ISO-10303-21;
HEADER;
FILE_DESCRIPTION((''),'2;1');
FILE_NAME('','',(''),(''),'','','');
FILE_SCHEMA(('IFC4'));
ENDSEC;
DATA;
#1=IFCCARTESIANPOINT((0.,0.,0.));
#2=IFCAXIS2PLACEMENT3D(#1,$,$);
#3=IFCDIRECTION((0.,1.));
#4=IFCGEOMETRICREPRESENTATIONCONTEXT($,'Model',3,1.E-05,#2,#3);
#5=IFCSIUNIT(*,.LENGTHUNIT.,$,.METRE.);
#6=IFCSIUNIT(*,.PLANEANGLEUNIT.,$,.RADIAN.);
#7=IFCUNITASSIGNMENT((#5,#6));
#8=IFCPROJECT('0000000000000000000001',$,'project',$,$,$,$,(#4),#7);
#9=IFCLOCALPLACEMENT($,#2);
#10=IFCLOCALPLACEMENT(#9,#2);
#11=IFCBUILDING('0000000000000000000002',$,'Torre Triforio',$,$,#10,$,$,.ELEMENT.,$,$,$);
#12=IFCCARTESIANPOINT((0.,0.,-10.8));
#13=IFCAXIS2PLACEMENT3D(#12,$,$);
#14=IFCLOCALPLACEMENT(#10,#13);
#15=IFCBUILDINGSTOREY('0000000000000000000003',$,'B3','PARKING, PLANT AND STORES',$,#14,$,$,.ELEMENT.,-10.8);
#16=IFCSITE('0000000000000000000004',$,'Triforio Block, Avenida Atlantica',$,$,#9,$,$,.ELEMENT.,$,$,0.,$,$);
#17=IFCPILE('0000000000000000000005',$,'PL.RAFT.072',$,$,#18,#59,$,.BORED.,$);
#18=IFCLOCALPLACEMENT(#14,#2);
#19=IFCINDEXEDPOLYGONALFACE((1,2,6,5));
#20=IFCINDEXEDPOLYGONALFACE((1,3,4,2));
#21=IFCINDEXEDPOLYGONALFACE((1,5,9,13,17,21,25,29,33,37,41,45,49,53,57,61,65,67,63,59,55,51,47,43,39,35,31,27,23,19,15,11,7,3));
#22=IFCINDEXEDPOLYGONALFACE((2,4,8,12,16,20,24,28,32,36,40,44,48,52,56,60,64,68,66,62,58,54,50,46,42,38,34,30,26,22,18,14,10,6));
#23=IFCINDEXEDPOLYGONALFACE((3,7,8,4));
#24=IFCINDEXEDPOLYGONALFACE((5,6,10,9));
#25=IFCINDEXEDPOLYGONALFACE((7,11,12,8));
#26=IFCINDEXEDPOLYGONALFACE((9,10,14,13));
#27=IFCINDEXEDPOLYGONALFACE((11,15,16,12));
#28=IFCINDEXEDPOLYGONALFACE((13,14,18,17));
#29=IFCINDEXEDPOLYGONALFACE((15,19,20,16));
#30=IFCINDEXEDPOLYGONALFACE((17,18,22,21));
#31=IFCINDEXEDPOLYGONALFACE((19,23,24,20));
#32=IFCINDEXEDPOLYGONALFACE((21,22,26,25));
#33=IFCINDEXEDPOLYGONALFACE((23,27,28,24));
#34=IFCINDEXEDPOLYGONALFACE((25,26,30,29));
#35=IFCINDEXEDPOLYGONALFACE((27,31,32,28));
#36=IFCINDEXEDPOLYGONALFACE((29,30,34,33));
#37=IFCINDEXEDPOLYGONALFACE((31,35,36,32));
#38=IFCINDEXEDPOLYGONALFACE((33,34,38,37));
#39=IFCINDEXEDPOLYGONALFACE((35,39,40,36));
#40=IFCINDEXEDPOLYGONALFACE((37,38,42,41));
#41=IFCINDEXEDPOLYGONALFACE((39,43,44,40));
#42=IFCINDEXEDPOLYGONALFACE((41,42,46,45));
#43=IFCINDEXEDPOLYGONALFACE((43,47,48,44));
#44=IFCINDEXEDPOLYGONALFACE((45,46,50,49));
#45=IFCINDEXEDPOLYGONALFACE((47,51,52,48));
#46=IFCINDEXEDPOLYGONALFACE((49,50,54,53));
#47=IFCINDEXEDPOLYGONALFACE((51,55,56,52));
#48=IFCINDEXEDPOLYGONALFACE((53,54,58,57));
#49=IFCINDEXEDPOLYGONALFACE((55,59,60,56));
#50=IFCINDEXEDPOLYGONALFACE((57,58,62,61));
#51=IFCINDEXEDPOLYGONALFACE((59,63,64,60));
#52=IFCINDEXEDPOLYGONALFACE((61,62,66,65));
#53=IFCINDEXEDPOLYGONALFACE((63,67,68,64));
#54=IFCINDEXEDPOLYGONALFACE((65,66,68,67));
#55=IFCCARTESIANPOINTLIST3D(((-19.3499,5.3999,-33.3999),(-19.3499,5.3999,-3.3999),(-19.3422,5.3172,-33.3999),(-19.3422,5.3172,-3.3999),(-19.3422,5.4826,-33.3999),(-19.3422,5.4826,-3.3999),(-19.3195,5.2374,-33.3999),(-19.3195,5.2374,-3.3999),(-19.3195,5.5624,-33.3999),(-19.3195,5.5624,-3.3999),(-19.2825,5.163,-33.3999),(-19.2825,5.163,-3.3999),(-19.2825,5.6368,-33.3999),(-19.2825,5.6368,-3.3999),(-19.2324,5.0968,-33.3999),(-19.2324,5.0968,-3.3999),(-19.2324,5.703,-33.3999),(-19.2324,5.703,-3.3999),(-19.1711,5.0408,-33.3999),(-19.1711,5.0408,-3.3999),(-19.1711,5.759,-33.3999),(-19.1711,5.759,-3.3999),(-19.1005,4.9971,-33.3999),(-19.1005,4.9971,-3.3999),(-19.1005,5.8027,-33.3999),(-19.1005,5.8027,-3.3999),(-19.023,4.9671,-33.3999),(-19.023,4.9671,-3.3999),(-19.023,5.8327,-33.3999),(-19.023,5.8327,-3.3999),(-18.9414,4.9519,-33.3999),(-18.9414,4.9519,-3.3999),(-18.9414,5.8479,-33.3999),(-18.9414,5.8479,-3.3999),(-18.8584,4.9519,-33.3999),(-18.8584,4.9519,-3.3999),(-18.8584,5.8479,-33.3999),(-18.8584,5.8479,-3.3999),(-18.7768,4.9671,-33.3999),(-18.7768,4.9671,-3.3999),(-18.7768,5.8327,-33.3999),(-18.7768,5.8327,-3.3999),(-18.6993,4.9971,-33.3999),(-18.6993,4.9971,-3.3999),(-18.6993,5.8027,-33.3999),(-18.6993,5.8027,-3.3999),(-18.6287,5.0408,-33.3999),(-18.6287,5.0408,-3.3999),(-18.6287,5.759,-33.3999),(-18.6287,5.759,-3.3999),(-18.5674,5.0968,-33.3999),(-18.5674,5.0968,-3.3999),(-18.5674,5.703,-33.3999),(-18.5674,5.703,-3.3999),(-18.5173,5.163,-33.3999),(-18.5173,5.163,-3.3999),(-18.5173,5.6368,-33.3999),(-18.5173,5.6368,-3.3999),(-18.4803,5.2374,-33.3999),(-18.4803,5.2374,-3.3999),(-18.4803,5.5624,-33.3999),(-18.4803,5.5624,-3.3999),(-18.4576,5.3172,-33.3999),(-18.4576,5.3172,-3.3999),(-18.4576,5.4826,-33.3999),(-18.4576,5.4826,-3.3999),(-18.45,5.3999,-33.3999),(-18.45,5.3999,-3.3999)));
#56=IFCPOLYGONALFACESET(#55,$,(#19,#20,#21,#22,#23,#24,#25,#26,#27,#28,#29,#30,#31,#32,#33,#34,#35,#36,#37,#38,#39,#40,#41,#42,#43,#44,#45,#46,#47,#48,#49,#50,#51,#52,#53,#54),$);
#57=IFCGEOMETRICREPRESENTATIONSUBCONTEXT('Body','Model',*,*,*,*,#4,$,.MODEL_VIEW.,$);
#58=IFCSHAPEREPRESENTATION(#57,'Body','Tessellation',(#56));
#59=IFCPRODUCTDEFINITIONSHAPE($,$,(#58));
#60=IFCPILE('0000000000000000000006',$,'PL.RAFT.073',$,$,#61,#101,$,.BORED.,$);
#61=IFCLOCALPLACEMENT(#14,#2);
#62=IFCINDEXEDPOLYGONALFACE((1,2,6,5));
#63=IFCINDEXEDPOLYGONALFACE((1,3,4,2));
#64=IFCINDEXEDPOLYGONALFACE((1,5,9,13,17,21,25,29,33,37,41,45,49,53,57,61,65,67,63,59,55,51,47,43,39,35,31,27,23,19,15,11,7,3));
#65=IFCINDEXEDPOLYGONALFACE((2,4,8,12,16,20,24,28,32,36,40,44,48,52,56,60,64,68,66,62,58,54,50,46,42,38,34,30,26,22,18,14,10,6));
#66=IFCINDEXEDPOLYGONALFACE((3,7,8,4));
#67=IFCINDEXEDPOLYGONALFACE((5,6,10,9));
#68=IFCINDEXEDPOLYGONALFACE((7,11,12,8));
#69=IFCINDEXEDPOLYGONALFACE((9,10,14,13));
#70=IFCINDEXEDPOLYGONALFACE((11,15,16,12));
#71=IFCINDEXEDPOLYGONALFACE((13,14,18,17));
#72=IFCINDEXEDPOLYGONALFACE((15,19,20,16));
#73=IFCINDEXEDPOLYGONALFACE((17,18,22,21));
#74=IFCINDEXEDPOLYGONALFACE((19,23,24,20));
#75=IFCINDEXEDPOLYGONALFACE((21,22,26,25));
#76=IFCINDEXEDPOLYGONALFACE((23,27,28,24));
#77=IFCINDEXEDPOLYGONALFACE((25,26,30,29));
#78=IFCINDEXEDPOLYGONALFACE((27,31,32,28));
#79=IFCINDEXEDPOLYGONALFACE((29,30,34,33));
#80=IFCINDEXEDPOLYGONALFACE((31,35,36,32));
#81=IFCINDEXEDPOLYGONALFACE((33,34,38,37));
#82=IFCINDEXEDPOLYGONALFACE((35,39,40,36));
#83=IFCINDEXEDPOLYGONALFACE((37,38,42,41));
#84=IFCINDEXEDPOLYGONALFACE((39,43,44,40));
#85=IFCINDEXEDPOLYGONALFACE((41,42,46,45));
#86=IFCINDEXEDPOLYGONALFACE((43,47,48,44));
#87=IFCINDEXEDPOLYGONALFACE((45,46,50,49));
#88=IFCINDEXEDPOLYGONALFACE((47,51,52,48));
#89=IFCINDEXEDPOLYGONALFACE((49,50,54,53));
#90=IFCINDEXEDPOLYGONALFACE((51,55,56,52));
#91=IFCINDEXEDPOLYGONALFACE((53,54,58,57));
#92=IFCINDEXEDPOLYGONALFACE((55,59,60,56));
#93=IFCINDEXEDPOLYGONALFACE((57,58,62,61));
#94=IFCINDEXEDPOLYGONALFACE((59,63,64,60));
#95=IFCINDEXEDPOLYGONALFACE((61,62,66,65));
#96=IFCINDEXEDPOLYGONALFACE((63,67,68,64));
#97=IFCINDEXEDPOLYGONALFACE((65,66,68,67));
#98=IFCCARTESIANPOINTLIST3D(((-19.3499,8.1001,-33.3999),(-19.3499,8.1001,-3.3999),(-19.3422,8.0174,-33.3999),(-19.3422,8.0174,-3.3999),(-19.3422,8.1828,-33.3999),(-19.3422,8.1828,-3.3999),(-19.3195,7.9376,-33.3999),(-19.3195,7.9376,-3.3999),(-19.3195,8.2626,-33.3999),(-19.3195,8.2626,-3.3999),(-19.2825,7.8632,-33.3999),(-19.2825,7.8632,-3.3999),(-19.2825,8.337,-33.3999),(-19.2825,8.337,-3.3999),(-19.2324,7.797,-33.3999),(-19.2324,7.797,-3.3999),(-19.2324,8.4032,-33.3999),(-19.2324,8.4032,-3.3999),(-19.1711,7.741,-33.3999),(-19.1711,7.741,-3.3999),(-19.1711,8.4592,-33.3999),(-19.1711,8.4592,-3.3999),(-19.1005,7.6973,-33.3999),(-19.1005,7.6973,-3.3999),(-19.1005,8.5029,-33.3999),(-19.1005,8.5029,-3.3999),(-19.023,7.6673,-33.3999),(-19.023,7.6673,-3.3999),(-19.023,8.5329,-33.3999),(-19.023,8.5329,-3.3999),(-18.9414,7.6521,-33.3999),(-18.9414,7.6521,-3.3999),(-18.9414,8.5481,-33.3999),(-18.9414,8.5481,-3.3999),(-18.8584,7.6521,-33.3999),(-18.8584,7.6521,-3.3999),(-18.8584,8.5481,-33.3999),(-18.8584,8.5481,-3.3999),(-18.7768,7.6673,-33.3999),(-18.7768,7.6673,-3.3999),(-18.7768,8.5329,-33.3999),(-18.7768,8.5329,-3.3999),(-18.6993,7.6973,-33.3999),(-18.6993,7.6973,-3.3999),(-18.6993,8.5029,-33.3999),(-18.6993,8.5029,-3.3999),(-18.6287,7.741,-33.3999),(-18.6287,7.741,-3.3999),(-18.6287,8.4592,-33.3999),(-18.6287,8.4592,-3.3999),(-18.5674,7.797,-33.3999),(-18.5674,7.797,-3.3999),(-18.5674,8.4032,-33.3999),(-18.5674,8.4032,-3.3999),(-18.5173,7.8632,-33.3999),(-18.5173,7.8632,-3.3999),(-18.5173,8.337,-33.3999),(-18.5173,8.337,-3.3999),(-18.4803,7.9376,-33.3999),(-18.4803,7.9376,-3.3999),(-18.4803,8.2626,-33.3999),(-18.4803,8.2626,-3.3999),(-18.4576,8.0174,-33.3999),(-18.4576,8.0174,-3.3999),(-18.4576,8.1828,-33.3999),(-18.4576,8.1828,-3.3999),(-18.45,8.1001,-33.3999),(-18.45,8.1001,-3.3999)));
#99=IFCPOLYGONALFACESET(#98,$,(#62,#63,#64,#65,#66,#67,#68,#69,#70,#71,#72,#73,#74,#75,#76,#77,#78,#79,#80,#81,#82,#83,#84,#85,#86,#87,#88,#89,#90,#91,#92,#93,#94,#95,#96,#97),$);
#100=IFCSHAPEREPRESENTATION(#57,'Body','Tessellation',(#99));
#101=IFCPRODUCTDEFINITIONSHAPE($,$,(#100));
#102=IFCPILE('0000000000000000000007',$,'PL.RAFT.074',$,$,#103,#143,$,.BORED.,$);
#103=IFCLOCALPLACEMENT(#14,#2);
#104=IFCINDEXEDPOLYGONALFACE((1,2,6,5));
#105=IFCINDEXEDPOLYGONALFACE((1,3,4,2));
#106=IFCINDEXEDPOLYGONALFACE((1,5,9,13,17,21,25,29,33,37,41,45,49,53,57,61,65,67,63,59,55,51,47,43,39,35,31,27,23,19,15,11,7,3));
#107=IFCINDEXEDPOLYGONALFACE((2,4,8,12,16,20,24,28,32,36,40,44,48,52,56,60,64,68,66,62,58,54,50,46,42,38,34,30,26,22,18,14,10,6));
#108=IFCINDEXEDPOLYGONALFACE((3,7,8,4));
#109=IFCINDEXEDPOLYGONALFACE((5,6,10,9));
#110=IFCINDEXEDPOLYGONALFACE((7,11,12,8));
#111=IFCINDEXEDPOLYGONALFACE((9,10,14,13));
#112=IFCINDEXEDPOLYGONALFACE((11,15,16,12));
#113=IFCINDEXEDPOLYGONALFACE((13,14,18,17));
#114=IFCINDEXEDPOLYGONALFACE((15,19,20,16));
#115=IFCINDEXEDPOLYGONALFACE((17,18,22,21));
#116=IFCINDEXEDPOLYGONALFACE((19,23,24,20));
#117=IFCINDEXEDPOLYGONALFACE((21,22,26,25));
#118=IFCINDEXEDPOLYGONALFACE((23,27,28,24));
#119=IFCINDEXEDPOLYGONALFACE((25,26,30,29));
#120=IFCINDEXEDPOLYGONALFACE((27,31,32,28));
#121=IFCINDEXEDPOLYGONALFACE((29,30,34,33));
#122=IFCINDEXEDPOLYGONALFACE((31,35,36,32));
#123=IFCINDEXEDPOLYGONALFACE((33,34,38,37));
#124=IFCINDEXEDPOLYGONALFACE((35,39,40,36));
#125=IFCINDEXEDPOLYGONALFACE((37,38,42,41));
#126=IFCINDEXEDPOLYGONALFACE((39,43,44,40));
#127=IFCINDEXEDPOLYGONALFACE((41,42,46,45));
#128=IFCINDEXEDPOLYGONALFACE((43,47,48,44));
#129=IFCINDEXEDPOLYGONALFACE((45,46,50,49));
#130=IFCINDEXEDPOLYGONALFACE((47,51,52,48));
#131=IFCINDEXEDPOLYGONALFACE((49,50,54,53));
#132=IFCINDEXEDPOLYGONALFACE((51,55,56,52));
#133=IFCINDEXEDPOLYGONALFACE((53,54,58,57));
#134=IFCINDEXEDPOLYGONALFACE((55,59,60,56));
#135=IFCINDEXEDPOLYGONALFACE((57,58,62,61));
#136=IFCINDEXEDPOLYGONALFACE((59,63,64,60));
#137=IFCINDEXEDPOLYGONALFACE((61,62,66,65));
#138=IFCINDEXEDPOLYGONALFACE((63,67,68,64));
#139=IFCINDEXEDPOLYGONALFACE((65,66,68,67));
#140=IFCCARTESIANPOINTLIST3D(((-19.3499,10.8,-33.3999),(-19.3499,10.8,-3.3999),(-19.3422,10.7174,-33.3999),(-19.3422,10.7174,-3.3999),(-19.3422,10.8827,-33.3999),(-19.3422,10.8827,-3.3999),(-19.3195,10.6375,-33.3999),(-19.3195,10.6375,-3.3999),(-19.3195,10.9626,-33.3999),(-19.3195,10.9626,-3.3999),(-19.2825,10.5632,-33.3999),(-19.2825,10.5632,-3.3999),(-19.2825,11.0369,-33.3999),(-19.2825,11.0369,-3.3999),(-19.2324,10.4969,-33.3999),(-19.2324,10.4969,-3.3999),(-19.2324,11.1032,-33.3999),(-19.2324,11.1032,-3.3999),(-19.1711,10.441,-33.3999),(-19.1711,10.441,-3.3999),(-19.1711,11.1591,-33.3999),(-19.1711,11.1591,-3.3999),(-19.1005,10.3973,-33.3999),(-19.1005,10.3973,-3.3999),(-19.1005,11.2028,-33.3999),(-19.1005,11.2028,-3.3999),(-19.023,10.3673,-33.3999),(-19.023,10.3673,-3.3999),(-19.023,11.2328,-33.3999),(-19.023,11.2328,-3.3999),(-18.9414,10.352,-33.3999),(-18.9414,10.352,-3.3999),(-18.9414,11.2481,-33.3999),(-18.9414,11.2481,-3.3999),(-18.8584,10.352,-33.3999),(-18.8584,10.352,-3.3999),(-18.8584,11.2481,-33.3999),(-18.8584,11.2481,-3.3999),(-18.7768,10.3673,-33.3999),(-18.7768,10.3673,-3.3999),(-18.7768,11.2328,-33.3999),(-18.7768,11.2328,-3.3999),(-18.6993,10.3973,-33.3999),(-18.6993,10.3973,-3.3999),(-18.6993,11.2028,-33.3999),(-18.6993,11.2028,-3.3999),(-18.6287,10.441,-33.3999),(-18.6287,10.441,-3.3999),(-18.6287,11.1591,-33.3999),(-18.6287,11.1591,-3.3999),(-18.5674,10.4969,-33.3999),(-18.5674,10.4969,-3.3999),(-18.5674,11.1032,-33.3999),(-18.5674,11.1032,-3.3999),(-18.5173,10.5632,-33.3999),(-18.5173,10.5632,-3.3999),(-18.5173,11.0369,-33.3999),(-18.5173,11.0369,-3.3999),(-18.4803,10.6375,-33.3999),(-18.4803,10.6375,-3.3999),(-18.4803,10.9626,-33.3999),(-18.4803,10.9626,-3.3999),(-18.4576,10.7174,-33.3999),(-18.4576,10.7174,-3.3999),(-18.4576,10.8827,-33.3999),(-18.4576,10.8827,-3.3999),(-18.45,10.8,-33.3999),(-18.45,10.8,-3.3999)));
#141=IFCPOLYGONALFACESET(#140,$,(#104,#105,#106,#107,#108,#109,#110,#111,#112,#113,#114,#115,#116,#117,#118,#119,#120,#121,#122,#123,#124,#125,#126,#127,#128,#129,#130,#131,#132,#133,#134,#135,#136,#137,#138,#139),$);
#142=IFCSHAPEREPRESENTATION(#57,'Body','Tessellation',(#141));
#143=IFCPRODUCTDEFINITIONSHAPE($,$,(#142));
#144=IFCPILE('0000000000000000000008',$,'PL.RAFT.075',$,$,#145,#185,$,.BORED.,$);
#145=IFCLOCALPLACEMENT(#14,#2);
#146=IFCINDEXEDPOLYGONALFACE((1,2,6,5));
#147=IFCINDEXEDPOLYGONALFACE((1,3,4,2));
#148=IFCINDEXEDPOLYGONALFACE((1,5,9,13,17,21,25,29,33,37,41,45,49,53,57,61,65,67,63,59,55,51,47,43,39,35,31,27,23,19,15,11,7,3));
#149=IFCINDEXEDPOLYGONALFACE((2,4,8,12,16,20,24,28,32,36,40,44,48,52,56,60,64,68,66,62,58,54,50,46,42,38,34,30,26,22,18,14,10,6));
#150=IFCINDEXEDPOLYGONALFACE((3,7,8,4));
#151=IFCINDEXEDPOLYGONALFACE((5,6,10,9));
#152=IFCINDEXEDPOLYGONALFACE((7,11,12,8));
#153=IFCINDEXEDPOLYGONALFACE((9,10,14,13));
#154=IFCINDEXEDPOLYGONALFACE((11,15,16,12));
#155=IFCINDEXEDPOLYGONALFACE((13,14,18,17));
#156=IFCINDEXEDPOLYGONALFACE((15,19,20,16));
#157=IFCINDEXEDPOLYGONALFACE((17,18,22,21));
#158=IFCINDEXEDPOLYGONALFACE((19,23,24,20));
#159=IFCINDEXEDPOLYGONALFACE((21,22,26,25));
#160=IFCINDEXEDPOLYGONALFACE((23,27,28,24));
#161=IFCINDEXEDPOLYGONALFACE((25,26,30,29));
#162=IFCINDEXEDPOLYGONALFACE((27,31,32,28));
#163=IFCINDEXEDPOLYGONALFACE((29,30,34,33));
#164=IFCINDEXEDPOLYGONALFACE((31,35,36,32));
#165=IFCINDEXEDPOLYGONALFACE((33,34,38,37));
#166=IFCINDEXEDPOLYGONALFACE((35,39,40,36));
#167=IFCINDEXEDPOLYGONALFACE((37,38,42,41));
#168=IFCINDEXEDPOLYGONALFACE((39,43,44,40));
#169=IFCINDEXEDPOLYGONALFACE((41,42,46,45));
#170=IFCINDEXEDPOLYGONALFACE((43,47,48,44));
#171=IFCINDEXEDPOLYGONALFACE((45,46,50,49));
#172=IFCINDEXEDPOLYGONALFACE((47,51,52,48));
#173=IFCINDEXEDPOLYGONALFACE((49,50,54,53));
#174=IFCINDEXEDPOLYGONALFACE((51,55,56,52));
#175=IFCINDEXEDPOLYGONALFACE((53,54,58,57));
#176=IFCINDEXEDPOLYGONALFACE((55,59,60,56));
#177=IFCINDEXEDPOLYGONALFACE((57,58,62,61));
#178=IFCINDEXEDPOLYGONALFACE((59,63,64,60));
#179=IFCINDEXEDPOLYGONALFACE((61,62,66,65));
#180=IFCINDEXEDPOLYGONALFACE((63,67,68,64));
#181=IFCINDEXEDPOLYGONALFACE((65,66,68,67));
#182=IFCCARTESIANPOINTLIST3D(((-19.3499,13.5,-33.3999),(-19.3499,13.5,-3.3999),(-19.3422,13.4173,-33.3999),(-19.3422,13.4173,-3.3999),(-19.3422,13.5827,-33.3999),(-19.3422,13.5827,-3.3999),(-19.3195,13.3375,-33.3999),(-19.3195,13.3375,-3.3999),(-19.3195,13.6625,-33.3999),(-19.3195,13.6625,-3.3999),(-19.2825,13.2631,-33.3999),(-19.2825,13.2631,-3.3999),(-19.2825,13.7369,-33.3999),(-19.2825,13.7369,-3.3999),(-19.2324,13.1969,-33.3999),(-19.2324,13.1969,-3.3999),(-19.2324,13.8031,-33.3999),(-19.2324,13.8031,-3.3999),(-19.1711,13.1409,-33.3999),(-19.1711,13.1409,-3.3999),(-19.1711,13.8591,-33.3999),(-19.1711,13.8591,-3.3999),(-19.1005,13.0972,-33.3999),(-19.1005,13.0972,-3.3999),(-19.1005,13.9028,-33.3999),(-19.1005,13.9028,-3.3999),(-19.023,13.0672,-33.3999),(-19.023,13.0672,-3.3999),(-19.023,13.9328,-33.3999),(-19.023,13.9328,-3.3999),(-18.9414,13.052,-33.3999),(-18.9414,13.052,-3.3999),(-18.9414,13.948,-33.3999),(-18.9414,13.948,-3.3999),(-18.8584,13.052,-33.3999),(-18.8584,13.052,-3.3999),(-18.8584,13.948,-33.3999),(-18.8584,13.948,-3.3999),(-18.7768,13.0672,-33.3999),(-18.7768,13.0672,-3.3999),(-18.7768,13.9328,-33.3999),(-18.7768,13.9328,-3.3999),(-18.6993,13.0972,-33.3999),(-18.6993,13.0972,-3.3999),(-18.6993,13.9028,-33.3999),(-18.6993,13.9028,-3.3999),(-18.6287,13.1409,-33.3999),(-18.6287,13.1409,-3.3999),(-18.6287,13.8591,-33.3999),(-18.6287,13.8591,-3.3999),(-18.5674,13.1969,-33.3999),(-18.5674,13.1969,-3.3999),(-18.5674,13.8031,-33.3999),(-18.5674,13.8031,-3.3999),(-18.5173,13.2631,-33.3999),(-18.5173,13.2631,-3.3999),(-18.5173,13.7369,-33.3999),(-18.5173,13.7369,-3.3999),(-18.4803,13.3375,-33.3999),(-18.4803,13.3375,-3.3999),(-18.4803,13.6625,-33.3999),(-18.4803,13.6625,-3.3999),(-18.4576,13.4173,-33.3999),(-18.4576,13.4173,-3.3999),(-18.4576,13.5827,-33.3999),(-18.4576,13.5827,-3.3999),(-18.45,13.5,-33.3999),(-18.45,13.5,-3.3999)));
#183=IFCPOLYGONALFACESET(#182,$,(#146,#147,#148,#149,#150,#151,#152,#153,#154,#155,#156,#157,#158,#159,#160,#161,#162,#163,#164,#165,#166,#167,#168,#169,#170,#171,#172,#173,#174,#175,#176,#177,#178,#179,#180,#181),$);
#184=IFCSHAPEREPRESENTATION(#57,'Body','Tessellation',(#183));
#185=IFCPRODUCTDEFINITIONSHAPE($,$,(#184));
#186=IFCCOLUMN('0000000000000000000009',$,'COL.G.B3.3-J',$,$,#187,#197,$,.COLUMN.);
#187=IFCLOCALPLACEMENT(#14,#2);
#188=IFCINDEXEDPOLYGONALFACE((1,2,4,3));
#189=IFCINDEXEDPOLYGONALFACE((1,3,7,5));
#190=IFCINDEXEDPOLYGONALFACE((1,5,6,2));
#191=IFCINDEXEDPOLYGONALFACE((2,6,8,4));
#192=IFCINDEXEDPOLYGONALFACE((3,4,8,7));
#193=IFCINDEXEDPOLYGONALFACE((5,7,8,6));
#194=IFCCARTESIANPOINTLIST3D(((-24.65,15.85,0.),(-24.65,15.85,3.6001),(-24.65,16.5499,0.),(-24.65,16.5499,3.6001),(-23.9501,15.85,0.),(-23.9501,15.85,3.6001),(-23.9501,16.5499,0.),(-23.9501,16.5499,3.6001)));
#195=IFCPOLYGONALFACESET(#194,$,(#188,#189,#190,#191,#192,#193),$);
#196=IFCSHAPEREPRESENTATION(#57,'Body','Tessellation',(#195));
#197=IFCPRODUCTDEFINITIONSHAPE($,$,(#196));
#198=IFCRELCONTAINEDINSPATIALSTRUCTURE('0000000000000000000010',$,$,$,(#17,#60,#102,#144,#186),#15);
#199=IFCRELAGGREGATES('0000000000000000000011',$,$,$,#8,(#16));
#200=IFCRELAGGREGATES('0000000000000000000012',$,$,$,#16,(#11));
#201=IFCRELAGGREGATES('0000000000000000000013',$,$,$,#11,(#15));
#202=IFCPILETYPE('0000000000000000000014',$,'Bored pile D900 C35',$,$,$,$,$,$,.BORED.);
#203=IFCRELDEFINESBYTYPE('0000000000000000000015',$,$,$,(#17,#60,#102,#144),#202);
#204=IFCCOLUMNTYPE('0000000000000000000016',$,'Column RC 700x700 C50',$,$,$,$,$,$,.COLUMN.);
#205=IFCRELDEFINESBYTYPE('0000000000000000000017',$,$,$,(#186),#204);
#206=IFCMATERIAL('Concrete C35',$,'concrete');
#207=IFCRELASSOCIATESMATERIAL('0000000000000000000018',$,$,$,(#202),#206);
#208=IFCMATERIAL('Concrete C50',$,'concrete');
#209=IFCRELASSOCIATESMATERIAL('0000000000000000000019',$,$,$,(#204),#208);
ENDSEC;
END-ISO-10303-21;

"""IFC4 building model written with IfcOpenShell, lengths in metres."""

from ifc_helpers import new_model, si_unit, direction, frame, origin, origin_2d, place, context, subcontext, project, spatial, rectangle, circle, extrude, material, material_profile, profile_set, type_object, element, save


model = new_model("IFC4")

# Units and contexts
model_context = context("Model", 3, precision=1e-05, world=origin(), true_north=direction((0.0, 1.0)))
body_context = subcontext(model_context, "Body", "Model", "MODEL_VIEW")
ifc_project = project(units=[si_unit("LENGTHUNIT", "METRE"), si_unit("PLANEANGLEUNIT", "RADIAN")], contexts=[model_context])

# Site, building, storey
site_placement = place(None, origin())
site = spatial("IfcSite", under=ifc_project, at=site_placement, Name="Triforio Block, Avenida Atlantica", CompositionType="ELEMENT", RefElevation=0.0)
building_placement = place(site_placement, origin())
building = spatial("IfcBuilding", under=site, at=building_placement, Name="Torre Triforio", CompositionType="ELEMENT")
storey_placement = place(building_placement, frame((0.0, 0.0, -10.8)))
storey = spatial("IfcBuildingStorey", under=building, at=storey_placement, Name="B3", Description="PARKING, PLANT AND STORES", CompositionType="ELEMENT", Elevation=-10.8)

# Piles
ifc_material_1 = material(Name="Concrete C35", Category="concrete")
ifc_material_profile_1 = material_profile(ifc_material_1, circle(Radius=0.45, at=origin_2d()), Name="RC D900")
ifc_profile_set_1 = profile_set([ifc_material_profile_1], Name="Concrete C35")
pile_type = type_object("IfcPileType", Name="Bored pile D900 C35", PredefinedType="BORED", material=ifc_profile_set_1)
for number, where, z_axis, x_axis, name in (
    (1, (-18.8999, 5.3999, -3.3999), (0.0, 0.0, -1.0), (1.0, 0.0, 0.0), "PL.RAFT.072"),
    (2, (-18.8999, 8.1001, -3.3999), (0.0, 0.0, -1.0), (1.0, 0.0, 0.0), "PL.RAFT.073"),
    (3, (-18.8999, 10.8, -3.3999), (0.0, 0.0, -1.0), (1.0, 0.0, 0.0), "PL.RAFT.074"),
    (4, (-18.8999, 13.5, -3.3999), (0.0, 0.0, -1.0), (1.0, 0.0, 0.0), "PL.RAFT.075"),
):
    element("IfcPile", number, at=place(storey_placement, frame(where, z_axis=z_axis, x_axis=x_axis)), inside=storey, type_object=pile_type, Name=name, PredefinedType="BORED", context=body_context, shape_type="SweptSolid", body=[
        extrude(circle(Radius=0.45, at=origin_2d()), origin(), (0.0, 0.0, 1.0), 30.0),
    ])

# Column
ifc_material_2 = material(Name="Concrete C50", Category="concrete")
ifc_material_profile_2 = material_profile(ifc_material_2, rectangle(XDim=0.7, YDim=0.7, at=origin_2d()), Name="RC 700x700")
ifc_profile_set_2 = profile_set([ifc_material_profile_2], Name="Concrete C50")
column_type = type_object("IfcColumnType", Name="Column RC 700x700 C50", PredefinedType="COLUMN", material=ifc_profile_set_2)
column_placement = place(storey_placement, frame((-24.3, 16.2, 0.0), z_axis=(0.0, 0.0, 1.0), x_axis=(1.0, 0.0, 0.0)))
element("IfcColumn", 5, at=column_placement, inside=storey, type_object=column_type, Name="COL.G.B3.3-J", PredefinedType="COLUMN", context=body_context, shape_type="SweptSolid", body=[
    extrude(rectangle(XDim=0.7, YDim=0.7, at=origin_2d()), origin(), (0.0, 0.0, 1.0), 3.6001),
])

save(model, "model.ifc")
